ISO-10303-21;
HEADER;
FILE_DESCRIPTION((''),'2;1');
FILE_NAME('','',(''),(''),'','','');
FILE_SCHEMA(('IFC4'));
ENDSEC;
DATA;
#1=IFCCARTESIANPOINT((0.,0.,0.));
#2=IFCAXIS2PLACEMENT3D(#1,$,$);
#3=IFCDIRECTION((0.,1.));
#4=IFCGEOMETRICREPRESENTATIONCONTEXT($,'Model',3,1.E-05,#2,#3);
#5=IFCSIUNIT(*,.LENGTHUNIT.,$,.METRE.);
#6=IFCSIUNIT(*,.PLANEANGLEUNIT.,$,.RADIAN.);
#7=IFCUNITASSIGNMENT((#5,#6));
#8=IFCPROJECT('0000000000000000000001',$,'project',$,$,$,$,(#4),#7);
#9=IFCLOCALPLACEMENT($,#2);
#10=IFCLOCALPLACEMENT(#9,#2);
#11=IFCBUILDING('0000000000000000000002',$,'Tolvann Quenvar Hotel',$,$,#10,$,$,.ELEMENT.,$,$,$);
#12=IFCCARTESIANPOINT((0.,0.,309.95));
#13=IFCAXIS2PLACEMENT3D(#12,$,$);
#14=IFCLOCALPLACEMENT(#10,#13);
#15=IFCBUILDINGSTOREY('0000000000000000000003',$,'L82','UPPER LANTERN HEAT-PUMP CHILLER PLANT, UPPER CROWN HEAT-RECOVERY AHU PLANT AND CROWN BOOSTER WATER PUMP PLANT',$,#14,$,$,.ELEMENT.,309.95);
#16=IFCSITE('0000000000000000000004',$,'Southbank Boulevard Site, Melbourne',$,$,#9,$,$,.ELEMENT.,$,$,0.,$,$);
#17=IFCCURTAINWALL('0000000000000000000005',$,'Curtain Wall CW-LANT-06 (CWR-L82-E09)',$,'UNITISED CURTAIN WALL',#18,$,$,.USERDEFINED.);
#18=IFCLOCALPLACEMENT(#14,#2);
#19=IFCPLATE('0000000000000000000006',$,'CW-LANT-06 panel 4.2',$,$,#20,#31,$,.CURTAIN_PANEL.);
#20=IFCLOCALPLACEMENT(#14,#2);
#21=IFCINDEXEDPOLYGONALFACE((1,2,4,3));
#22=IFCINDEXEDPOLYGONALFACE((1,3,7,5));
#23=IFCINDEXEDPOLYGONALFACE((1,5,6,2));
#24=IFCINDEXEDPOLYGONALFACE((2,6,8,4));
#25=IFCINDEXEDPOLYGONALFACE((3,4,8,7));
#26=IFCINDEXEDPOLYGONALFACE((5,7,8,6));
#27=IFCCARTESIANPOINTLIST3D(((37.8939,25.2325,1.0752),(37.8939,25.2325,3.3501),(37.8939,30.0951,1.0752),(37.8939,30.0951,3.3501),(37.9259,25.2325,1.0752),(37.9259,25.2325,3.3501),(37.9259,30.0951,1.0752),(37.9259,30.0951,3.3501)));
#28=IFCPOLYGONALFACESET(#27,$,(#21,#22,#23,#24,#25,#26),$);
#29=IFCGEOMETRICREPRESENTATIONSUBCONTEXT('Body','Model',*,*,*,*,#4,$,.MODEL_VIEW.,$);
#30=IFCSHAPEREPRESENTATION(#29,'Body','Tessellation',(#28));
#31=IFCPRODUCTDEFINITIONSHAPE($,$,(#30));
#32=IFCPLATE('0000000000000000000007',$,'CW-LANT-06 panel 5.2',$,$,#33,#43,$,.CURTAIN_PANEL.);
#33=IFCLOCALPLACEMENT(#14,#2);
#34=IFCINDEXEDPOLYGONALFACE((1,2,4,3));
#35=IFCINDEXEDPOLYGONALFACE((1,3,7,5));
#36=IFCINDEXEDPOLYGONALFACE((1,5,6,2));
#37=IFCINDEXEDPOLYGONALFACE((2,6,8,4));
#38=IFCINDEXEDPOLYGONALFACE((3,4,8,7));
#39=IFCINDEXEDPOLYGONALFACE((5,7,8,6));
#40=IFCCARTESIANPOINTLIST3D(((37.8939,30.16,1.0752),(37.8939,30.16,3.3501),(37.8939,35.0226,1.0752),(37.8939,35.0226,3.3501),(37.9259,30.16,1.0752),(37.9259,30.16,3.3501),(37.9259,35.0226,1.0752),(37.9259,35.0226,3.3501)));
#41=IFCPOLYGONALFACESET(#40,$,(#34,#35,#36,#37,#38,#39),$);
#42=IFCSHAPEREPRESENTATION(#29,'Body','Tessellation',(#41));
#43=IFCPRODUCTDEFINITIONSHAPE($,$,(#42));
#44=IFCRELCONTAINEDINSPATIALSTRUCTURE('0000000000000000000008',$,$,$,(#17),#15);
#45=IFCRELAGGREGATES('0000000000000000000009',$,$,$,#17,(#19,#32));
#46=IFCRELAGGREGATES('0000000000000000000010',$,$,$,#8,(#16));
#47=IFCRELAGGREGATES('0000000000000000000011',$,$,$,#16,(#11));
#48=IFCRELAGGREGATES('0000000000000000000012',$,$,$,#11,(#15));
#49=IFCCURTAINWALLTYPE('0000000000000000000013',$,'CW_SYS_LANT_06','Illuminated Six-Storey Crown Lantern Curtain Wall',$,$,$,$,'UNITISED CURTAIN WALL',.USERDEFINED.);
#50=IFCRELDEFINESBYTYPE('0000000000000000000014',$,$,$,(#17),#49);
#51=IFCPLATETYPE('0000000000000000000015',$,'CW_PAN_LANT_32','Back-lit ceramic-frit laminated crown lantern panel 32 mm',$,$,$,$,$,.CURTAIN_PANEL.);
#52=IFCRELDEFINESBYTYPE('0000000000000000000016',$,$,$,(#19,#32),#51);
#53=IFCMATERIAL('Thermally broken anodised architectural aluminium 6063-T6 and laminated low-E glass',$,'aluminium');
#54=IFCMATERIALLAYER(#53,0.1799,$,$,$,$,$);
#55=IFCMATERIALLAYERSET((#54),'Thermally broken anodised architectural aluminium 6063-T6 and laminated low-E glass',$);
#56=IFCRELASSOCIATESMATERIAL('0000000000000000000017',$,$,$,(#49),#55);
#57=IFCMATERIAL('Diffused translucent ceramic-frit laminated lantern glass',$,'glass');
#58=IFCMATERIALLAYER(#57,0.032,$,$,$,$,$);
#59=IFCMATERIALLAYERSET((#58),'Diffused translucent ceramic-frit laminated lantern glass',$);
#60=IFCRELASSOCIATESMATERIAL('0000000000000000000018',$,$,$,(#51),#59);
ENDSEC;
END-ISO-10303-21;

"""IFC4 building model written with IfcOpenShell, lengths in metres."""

from ifc_helpers import new_model, si_unit, direction, frame, origin, origin_2d, place, context, subcontext, project, spatial, rectangle, extrude, source, transform, mapped, material, layer, layer_set, type_object, element, aggregate, save


model = new_model("IFC4")

# Units and contexts
model_context = context("Model", 3, precision=1e-05, world=origin(), true_north=direction((0.0, 1.0)))
body_context = subcontext(model_context, "Body", "Model", "MODEL_VIEW")
ifc_project = project(units=[si_unit("LENGTHUNIT", "METRE"), si_unit("PLANEANGLEUNIT", "RADIAN")], contexts=[model_context])

# Site, building, storey
site_placement = place(None, origin())
site = spatial("IfcSite", under=ifc_project, at=site_placement, Name="Southbank Boulevard Site, Melbourne", CompositionType="ELEMENT", RefElevation=0.0)
building_placement = place(site_placement, origin())
building = spatial("IfcBuilding", under=site, at=building_placement, Name="Tolvann Quenvar Hotel", CompositionType="ELEMENT")
storey_placement = place(building_placement, frame((0.0, 0.0, 309.95)))
storey = spatial("IfcBuildingStorey", under=building, at=storey_placement, Name="L82", Description="UPPER LANTERN HEAT-PUMP CHILLER PLANT, UPPER CROWN HEAT-RECOVERY AHU PLANT AND CROWN BOOSTER WATER PUMP PLANT", CompositionType="ELEMENT", Elevation=309.95)

# Shared definitions
ifc_material_1 = material(Name="Thermally broken anodised architectural aluminium 6063-T6 and laminated low-E glass", Category="aluminium")
ifc_layer_1 = layer(ifc_material_1, 0.1799)
ifc_layer_set_1 = layer_set([ifc_layer_1], Name="Thermally broken anodised architectural aluminium 6063-T6 and laminated low-E glass")
curtain_wall_type = type_object("IfcCurtainWallType", Name="CW_SYS_LANT_06", Description="Illuminated Six-Storey Crown Lantern Curtain Wall", ElementType="UNITISED CURTAIN WALL", PredefinedType="USERDEFINED", material=ifc_layer_set_1)

# Curtain wall
curtain_wall_1_placement = place(storey_placement, origin())
curtain_wall_1 = element("IfcCurtainWall", 1, at=curtain_wall_1_placement, inside=storey, type_object=curtain_wall_type, Name="Curtain Wall CW-LANT-06 (CWR-L82-E09)", ObjectType="UNITISED CURTAIN WALL", PredefinedType="USERDEFINED")

# Plates
ifc_material_2 = material(Name="Diffused translucent ceramic-frit laminated lantern glass", Category="glass")
ifc_layer_2 = layer(ifc_material_2, 0.032)
ifc_layer_set_2 = layer_set([ifc_layer_2], Name="Diffused translucent ceramic-frit laminated lantern glass")
plate_type_1 = type_object("IfcPlateType", Name="CW_PAN_LANT_32", Description="Back-lit ceramic-frit laminated crown lantern panel 32 mm", PredefinedType="CURTAIN_PANEL", material=ifc_layer_set_2)
shared_shape_1 = source(origin(), body_context, "Body", "SweptSolid", [
    extrude(rectangle(XDim=4.8625, YDim=0.032, at=origin_2d()), origin(), (0.0, 0.0, 1.0), 2.2749),
])
plate_1_placement = place(storey_placement, frame((37.9099, 27.6638, 1.0752), z_axis=(0.0, 0.0, 1.0), x_axis=(0.0, 1.0, 0.0)))
plate_1 = element("IfcPlate", 2, at=plate_1_placement, type_object=plate_type_1, Name="CW-LANT-06 panel 4.2", PredefinedType="CURTAIN_PANEL", context=body_context, shape_type="MappedRepresentation", body=[
    mapped(shared_shape_1, transform((0.0, 0.0, 0.0), x_axis=(1.0, 0.0, 0.0), y_axis=(0.0, 1.0, 0.0), z_axis=(0.0, 0.0, 1.0), scale=1.0)),
])
plate_2_placement = place(storey_placement, frame((37.9099, 32.5913, 1.0752), z_axis=(0.0, 0.0, 1.0), x_axis=(0.0, 1.0, 0.0)))
plate_2 = element("IfcPlate", 3, at=plate_2_placement, type_object=plate_type_1, Name="CW-LANT-06 panel 5.2", PredefinedType="CURTAIN_PANEL", context=body_context, shape_type="MappedRepresentation", body=[
    mapped(shared_shape_1, transform((0.0, 0.0, 0.0), x_axis=(1.0, 0.0, 0.0), y_axis=(0.0, 1.0, 0.0), z_axis=(0.0, 0.0, 1.0), scale=1.0)),
])
aggregate(curtain_wall_1, [plate_1, plate_2])

save(model, "model.ifc")
